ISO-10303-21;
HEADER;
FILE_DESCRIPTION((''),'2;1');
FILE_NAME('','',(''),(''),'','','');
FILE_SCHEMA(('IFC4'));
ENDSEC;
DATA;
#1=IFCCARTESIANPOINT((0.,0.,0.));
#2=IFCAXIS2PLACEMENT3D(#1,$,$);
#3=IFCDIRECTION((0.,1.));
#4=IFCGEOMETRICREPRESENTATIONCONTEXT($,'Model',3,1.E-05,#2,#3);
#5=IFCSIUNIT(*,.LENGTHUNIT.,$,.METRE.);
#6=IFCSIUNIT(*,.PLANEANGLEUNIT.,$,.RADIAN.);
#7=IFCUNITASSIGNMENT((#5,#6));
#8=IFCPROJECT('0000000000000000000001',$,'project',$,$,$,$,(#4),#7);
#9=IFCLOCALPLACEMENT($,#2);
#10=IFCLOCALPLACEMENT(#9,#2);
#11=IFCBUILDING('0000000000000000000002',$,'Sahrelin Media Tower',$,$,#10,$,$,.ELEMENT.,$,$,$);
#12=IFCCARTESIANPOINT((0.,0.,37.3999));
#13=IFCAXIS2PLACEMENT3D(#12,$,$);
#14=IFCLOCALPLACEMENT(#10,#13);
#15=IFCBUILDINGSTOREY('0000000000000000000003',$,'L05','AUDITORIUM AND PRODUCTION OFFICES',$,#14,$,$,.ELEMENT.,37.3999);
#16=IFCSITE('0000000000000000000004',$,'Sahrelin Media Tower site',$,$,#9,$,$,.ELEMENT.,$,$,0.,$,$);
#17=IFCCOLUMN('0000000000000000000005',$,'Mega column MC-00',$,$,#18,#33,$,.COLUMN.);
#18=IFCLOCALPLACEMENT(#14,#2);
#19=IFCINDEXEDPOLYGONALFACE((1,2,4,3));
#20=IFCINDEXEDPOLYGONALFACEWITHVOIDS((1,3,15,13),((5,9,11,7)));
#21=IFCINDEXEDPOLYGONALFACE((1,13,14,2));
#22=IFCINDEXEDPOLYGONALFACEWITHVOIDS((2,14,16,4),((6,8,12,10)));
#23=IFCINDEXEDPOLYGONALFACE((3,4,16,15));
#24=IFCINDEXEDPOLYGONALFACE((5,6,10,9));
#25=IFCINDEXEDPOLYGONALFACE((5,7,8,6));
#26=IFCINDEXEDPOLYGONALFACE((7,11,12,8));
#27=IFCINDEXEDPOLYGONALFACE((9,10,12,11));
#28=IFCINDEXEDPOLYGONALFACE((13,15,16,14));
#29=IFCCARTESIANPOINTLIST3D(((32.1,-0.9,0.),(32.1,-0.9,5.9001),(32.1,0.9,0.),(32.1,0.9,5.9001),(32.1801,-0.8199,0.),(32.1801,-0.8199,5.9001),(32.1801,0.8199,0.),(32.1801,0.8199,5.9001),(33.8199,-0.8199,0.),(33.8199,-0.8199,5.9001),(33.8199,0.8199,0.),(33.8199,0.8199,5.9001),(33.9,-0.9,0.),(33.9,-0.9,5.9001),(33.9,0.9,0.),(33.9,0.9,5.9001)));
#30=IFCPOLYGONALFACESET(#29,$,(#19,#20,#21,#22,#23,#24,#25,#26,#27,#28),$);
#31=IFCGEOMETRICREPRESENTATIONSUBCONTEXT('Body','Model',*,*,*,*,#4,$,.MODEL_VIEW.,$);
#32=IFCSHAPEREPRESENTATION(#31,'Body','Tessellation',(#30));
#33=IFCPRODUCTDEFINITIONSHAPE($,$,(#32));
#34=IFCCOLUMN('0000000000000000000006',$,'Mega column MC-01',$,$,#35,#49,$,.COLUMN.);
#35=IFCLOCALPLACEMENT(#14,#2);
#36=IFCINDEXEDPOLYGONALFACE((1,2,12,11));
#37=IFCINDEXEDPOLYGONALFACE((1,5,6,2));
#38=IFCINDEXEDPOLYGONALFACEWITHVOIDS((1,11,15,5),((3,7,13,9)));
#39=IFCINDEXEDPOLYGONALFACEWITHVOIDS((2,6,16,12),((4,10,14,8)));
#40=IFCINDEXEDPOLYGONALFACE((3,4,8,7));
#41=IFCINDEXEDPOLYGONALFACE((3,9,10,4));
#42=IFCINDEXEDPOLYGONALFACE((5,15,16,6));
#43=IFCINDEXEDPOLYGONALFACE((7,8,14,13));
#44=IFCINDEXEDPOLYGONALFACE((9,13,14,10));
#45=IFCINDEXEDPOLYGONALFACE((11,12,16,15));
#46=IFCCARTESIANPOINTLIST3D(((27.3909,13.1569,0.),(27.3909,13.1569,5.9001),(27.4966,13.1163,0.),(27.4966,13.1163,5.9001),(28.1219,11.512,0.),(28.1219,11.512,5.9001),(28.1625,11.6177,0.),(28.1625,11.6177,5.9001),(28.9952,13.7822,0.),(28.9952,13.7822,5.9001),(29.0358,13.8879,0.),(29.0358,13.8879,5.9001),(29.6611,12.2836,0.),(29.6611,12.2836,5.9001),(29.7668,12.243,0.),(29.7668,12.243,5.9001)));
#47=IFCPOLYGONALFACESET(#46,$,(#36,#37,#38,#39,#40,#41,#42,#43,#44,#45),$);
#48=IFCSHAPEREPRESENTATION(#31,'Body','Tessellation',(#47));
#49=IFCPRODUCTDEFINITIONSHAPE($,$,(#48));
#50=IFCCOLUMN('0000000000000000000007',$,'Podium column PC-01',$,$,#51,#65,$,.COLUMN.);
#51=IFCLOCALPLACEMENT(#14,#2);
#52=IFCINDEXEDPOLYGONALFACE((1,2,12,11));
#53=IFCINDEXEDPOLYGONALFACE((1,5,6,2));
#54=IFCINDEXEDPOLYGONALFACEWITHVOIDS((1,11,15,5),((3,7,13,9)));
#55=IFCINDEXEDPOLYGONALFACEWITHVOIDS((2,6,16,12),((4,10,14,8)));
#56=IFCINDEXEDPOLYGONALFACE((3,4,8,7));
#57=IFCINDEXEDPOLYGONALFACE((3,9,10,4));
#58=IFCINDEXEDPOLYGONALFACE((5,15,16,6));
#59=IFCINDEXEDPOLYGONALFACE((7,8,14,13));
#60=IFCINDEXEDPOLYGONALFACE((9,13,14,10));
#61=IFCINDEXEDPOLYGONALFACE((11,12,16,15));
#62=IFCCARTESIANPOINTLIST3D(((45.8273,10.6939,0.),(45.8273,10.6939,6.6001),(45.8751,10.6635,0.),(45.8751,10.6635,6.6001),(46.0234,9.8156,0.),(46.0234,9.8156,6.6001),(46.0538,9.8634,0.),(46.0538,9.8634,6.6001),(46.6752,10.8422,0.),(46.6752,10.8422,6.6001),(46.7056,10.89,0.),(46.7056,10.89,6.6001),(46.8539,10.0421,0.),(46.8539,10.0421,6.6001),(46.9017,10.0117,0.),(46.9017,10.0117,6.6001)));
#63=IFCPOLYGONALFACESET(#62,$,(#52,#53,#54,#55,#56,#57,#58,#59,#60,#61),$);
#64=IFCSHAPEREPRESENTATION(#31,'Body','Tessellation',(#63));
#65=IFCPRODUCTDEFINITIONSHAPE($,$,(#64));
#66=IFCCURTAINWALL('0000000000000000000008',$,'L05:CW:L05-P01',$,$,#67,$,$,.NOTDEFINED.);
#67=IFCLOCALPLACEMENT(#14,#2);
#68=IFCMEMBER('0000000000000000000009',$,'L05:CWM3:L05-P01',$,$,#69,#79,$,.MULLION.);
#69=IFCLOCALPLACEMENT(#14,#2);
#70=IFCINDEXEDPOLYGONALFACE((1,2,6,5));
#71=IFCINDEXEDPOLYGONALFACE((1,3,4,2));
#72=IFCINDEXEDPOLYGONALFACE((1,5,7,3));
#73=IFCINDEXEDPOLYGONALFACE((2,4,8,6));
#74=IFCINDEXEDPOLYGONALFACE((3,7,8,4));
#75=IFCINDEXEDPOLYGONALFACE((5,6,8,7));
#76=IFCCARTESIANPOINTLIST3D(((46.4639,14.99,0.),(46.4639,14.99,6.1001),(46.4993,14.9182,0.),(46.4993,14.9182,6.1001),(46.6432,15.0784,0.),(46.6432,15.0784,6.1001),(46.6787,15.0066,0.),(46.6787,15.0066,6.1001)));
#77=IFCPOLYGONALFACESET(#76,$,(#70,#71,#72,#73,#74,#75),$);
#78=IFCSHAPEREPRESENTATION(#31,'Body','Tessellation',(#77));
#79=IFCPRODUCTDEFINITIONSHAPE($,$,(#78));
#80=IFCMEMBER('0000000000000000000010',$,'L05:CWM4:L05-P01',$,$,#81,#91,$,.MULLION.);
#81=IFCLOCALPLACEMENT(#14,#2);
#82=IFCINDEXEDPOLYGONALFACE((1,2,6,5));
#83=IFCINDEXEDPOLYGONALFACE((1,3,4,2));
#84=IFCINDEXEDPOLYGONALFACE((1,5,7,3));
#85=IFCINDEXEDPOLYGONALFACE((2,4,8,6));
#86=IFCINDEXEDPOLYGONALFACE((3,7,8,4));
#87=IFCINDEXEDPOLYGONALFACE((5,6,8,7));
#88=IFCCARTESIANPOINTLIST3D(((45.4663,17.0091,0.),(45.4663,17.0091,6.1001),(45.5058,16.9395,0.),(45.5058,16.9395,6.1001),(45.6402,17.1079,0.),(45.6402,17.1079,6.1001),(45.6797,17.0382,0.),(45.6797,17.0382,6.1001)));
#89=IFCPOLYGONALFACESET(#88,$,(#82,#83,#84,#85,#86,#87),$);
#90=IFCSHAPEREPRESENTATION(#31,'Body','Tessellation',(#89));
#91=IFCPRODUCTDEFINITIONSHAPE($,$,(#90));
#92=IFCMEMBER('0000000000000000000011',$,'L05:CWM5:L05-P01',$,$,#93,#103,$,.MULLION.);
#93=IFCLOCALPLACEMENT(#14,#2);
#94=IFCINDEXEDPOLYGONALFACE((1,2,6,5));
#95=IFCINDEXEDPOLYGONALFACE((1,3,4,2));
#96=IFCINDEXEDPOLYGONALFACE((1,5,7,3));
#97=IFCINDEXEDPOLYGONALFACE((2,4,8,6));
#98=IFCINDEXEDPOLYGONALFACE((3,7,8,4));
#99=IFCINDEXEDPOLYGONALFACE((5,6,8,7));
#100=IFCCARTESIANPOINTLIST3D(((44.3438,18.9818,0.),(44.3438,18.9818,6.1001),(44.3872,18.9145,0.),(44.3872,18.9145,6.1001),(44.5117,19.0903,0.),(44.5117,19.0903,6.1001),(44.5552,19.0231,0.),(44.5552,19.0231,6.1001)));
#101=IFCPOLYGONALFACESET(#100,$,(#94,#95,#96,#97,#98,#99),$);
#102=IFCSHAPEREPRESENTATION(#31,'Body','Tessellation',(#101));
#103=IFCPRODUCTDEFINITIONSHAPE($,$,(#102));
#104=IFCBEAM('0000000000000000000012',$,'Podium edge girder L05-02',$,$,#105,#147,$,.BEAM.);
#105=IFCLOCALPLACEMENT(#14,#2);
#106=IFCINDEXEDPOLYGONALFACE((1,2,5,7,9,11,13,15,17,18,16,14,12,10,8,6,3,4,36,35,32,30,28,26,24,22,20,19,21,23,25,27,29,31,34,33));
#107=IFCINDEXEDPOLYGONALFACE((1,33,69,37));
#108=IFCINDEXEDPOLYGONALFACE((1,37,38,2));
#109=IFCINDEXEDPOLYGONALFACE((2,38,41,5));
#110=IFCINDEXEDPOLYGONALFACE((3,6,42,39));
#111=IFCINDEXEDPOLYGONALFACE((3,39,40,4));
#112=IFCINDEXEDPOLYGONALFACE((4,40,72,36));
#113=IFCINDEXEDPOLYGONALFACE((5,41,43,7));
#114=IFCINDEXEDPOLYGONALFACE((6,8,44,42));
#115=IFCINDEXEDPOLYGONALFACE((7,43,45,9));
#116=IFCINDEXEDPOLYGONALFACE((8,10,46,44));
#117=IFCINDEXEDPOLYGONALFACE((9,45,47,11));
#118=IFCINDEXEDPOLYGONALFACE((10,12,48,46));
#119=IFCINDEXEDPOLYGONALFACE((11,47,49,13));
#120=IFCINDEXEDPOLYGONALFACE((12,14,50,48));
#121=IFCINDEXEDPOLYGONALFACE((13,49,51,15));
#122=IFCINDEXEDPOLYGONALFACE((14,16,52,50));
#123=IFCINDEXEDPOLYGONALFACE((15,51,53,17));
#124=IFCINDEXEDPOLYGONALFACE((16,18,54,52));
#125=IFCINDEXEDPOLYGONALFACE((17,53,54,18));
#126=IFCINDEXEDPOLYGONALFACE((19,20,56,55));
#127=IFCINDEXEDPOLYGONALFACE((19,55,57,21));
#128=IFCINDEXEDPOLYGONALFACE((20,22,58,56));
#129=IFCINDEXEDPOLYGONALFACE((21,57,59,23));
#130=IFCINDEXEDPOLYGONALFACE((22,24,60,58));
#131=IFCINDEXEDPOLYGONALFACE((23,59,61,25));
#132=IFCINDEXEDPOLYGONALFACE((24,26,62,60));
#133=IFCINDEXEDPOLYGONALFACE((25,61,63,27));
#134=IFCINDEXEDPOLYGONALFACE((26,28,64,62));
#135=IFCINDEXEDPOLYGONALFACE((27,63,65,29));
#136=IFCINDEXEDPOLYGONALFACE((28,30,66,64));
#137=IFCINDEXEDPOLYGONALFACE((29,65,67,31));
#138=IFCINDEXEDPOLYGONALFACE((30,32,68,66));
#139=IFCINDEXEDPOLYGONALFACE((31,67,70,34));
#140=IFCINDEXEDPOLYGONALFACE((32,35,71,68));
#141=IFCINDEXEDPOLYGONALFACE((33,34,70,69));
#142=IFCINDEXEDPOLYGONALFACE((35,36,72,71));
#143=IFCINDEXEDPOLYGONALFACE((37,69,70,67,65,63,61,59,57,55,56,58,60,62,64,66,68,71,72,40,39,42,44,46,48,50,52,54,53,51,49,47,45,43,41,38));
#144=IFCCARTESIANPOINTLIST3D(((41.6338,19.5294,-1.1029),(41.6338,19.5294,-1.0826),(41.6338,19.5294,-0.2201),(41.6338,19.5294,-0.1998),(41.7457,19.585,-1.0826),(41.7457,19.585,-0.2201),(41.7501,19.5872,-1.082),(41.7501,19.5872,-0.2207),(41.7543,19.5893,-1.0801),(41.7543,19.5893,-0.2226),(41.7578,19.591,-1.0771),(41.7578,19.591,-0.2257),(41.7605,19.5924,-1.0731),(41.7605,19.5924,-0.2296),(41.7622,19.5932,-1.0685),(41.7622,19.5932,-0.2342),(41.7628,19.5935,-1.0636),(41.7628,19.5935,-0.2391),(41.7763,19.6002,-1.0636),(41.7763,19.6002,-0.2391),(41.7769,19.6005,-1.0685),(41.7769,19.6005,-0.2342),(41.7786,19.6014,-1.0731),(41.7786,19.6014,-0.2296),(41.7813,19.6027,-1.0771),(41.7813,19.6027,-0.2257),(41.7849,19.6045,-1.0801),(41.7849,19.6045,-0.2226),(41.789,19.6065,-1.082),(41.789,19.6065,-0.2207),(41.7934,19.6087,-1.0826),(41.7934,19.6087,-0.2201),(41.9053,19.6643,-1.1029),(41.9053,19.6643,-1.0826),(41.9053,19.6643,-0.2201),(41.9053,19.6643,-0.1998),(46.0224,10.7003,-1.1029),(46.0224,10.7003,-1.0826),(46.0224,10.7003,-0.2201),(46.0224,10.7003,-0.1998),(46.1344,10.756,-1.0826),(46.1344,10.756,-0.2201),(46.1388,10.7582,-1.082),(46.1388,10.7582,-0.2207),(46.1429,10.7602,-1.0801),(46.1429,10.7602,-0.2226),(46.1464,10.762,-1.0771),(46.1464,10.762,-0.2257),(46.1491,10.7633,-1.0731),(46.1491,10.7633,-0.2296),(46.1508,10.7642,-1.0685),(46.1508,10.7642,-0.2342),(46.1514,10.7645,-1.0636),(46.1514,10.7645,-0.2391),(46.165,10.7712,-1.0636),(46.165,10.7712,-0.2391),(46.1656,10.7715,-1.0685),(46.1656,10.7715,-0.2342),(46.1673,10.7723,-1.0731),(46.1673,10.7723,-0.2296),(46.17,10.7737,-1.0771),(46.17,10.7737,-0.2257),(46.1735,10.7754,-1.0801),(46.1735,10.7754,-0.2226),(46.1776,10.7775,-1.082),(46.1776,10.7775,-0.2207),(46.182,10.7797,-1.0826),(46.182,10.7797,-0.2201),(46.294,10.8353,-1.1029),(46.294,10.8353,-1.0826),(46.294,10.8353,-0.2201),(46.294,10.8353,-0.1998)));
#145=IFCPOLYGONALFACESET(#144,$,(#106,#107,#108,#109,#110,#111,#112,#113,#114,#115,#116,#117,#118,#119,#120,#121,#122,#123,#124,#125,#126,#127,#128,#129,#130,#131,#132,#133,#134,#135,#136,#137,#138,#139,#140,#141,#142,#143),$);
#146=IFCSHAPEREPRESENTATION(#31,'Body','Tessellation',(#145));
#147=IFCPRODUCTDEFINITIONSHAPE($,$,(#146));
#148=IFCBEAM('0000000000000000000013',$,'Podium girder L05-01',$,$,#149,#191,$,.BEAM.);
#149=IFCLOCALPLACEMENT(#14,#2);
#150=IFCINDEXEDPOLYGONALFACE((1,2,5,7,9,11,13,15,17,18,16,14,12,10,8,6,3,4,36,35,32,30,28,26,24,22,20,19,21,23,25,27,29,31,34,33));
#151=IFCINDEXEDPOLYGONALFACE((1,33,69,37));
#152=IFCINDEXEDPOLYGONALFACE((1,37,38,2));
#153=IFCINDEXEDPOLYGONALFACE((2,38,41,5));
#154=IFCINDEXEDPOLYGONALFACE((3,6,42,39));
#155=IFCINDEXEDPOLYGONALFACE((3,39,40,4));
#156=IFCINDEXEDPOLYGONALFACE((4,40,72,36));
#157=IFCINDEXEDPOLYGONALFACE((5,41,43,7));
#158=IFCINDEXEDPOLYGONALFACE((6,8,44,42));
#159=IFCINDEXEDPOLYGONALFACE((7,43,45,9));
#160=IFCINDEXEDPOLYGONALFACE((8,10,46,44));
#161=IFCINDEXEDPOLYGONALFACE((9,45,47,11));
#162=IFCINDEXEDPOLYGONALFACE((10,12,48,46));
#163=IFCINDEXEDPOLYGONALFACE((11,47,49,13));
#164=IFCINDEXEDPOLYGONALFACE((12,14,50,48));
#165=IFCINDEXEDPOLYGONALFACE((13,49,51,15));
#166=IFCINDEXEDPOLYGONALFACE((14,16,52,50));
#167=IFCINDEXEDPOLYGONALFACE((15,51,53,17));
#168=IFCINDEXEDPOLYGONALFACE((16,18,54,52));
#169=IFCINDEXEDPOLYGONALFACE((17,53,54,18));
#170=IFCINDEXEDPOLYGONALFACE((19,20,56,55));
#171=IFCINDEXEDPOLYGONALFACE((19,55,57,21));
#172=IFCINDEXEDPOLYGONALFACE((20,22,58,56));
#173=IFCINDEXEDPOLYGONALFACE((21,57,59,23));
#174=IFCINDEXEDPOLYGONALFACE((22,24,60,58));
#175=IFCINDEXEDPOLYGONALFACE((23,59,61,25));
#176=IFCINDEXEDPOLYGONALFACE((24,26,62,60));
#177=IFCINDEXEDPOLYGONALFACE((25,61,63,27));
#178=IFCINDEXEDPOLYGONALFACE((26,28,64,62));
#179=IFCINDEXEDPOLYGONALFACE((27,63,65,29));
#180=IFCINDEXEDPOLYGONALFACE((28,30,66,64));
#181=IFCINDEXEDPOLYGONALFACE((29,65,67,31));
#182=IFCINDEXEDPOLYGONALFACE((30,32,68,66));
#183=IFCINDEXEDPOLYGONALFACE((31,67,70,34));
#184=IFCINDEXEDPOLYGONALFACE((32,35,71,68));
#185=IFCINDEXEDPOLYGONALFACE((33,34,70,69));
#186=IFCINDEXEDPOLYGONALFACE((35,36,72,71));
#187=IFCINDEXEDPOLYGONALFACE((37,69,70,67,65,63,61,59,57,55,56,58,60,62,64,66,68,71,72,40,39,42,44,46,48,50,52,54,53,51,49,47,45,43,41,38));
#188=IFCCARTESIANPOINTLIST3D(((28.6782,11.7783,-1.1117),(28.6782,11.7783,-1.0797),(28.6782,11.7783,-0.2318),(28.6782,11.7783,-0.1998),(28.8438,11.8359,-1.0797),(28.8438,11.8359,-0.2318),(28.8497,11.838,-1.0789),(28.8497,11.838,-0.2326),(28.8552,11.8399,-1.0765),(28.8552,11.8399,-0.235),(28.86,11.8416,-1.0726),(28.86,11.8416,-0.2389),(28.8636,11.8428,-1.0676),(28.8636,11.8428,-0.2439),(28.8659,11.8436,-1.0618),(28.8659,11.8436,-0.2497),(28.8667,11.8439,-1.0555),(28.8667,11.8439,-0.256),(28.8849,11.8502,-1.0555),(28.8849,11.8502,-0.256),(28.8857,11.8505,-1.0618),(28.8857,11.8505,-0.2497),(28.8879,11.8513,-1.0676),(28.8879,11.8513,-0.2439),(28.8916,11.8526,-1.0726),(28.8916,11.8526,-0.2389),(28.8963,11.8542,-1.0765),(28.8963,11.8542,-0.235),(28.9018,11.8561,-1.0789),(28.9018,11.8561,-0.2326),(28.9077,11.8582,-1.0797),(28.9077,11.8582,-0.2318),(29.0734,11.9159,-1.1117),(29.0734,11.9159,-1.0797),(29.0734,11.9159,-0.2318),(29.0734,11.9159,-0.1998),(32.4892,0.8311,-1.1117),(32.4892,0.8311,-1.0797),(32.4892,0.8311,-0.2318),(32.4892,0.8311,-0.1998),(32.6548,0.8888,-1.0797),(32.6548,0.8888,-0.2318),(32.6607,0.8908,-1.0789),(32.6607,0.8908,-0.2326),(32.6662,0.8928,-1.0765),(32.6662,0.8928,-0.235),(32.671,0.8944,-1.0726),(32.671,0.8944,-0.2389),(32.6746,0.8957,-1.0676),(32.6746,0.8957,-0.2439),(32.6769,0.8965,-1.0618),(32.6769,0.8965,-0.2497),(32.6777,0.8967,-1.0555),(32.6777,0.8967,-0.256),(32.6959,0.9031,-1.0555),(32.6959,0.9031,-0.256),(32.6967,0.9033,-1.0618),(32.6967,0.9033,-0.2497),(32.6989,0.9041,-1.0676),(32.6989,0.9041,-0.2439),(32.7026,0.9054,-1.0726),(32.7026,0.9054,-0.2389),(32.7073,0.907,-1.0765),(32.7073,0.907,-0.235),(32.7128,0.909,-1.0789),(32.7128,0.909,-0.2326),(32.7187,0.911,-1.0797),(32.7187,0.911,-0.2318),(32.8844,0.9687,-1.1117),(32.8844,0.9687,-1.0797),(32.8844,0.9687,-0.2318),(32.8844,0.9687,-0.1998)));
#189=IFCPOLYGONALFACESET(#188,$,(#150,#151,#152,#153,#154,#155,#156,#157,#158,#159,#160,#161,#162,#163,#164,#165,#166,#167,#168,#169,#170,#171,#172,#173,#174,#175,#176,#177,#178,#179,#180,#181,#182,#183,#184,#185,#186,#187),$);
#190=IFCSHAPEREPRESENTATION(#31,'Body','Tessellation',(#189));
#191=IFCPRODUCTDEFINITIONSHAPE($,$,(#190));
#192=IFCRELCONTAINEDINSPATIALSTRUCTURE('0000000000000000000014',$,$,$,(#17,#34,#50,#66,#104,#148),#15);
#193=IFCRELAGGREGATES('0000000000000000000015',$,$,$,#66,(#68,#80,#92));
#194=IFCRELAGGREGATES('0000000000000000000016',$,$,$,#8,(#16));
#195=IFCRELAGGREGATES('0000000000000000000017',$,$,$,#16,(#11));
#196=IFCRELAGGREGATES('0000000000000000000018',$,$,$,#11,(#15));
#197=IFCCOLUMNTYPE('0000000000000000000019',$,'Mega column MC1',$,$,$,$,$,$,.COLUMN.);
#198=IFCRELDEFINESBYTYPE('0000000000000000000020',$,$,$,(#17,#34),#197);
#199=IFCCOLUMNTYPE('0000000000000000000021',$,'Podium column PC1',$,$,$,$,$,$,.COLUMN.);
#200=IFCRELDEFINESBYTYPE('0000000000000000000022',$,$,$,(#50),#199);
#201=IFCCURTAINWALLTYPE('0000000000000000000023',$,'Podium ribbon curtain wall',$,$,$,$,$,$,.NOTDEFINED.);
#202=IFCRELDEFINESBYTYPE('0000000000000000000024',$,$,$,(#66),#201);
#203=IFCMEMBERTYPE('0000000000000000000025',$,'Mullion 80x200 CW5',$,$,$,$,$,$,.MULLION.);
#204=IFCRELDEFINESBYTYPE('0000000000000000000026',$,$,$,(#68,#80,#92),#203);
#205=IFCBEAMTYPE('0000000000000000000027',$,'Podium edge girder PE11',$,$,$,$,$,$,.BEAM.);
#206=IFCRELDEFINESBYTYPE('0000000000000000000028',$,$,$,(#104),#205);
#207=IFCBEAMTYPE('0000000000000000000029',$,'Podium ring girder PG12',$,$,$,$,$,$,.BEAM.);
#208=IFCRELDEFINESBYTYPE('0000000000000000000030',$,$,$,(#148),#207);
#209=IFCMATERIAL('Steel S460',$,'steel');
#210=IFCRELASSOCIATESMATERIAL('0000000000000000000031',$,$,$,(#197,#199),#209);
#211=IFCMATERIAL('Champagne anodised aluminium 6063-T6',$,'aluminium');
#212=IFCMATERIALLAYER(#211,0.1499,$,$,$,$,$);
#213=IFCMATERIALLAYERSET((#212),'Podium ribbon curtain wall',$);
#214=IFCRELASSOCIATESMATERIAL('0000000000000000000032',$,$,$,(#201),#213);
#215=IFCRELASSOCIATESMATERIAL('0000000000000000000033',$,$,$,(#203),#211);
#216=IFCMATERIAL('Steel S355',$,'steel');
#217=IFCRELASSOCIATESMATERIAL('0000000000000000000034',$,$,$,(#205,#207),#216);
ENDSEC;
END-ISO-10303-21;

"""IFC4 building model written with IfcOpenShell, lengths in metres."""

from ifc_helpers import new_model, si_unit, direction, frame, origin, origin_2d, place, context, subcontext, project, spatial, rectangle, hollow_rectangle, i_section, extrude, material, layer, layer_set, material_profile, profile_set, type_object, element, aggregate, save


model = new_model("IFC4")

# Units and contexts
model_context = context("Model", 3, precision=1e-05, world=origin(), true_north=direction((0.0, 1.0)))
body_context = subcontext(model_context, "Body", "Model", "MODEL_VIEW")
ifc_project = project(units=[si_unit("LENGTHUNIT", "METRE"), si_unit("PLANEANGLEUNIT", "RADIAN")], contexts=[model_context])

# Site, building, storey
site_placement = place(None, origin())
site = spatial("IfcSite", under=ifc_project, at=site_placement, Name="Sahrelin Media Tower site", CompositionType="ELEMENT", RefElevation=0.0)
building_placement = place(site_placement, origin())
building = spatial("IfcBuilding", under=site, at=building_placement, Name="Sahrelin Media Tower", CompositionType="ELEMENT")
storey_placement = place(building_placement, frame((0.0, 0.0, 37.3999)))
storey = spatial("IfcBuildingStorey", under=building, at=storey_placement, Name="L05", Description="AUDITORIUM AND PRODUCTION OFFICES", CompositionType="ELEMENT", Elevation=37.3999)

# Columns
ifc_material_1 = material(Name="Steel S460", Category="steel")
ifc_material_profile_1 = material_profile(ifc_material_1, hollow_rectangle(XDim=1.8, YDim=1.8, WallThickness=0.0801, at=origin_2d()), Name="Mega column MC1")
ifc_profile_set_1 = profile_set([ifc_material_profile_1], Name="Steel S460")
column_type_1 = type_object("IfcColumnType", Name="Mega column MC1", PredefinedType="COLUMN", material=ifc_profile_set_1)
for number, where, z_axis, x_axis, name in (
    (1, (33.0, 0.0, 0.0), (0.0, 0.0, 1.0), (1.0, 0.0, 0.0), "Mega column MC-00"),
    (2, (28.5789, 12.7, 0.0), (0.0, 0.0, 1.0), (0.913831, 0.406094, 0.0), "Mega column MC-01"),
):
    element("IfcColumn", number, at=place(storey_placement, frame(where, z_axis=z_axis, x_axis=x_axis)), inside=storey, type_object=column_type_1, Name=name, PredefinedType="COLUMN", context=body_context, shape_type="SweptSolid", body=[
        extrude(hollow_rectangle(XDim=1.8, YDim=1.8, WallThickness=0.0801, at=origin_2d()), origin(), (0.0, 0.0, 1.0), 5.9001),
    ])
ifc_material_profile_2 = material_profile(ifc_material_1, hollow_rectangle(XDim=0.8999, YDim=0.8999, WallThickness=0.04, at=origin_2d()), Name="Podium column PC1")
ifc_profile_set_2 = profile_set([ifc_material_profile_2], Name="Steel S460")
column_type_2 = type_object("IfcColumnType", Name="Podium column PC1", PredefinedType="COLUMN", material=ifc_profile_set_2)
column_placement = place(storey_placement, frame((46.3645, 10.3528, 0.0), z_axis=(0.0, 0.0, 1.0), x_axis=(0.975965, 0.217925, 0.0)))
element("IfcColumn", 3, at=column_placement, inside=storey, type_object=column_type_2, Name="Podium column PC-01", PredefinedType="COLUMN", context=body_context, shape_type="SweptSolid", body=[
    extrude(hollow_rectangle(XDim=0.8999, YDim=0.8999, WallThickness=0.04, at=origin_2d()), origin(), (0.0, 0.0, 1.0), 6.6001),
])

# Curtain wall, members
ifc_material_2 = material(Name="Champagne anodised aluminium 6063-T6", Category="aluminium")
ifc_layer_1 = layer(ifc_material_2, 0.1499)
ifc_layer_set_1 = layer_set([ifc_layer_1], Name="Podium ribbon curtain wall")
curtain_wall_type = type_object("IfcCurtainWallType", Name="Podium ribbon curtain wall", PredefinedType="NOTDEFINED", material=ifc_layer_set_1)
curtain_wall_placement = place(storey_placement, frame((48.2964, 10.8704, 0.0), z_axis=(0.0, 0.0, 1.0), x_axis=(1.0, 0.0, 0.0)))
curtain_wall = element("IfcCurtainWall", 4, at=curtain_wall_placement, inside=storey, type_object=curtain_wall_type, Name="L05:CW:L05-P01", PredefinedType="NOTDEFINED")
ifc_material_profile_3 = material_profile(ifc_material_2, rectangle(XDim=0.0801, YDim=0.2, at=origin_2d()), Name="Mullion 80x200")
ifc_profile_set_3 = profile_set([ifc_material_profile_3], Name="Champagne anodised aluminium 6063-T6")
member_type_1 = type_object("IfcMemberType", Name="Mullion 80x200 CW5", PredefinedType="MULLION", material=ifc_profile_set_3)
member_1_placement = place(storey_placement, frame((46.5713, 14.9983, 0.0), z_axis=(0.0, 0.0, 1.0), x_axis=(-0.442262, 0.896886, 0.0)))
member_1 = element("IfcMember", 5, at=member_1_placement, type_object=member_type_1, Name="L05:CWM3:L05-P01", PredefinedType="MULLION", context=body_context, shape_type="SweptSolid", body=[
    extrude(rectangle(XDim=0.0801, YDim=0.2, at=origin_2d()), origin(), (0.0, 0.0, 1.0), 6.1001),
])
member_2_placement = place(storey_placement, frame((45.573, 17.0237, 0.0), z_axis=(0.0, 0.0, 1.0), x_axis=(-0.493787, 0.869583, 0.0)))
member_2 = element("IfcMember", 6, at=member_2_placement, type_object=member_type_1, Name="L05:CWM4:L05-P01", PredefinedType="MULLION", context=body_context, shape_type="SweptSolid", body=[
    extrude(rectangle(XDim=0.0801, YDim=0.2, at=origin_2d()), origin(), (0.0, 0.0, 1.0), 6.1001),
])
member_3_placement = place(storey_placement, frame((44.4495, 19.0024, 0.0), z_axis=(0.0, 0.0, 1.0), x_axis=(-0.54283, 0.839843, 0.0)))
member_3 = element("IfcMember", 7, at=member_3_placement, type_object=member_type_1, Name="L05:CWM5:L05-P01", PredefinedType="MULLION", context=body_context, shape_type="SweptSolid", body=[
    extrude(rectangle(XDim=0.0801, YDim=0.2, at=origin_2d()), origin(), (0.0, 0.0, 1.0), 6.1001),
])

# Beams
ifc_material_3 = material(Name="Steel S355", Category="steel")
ifc_material_profile_4 = material_profile(ifc_material_3, i_section(OverallWidth=0.3032, OverallDepth=0.9031, WebThickness=0.0151, FlangeThickness=0.0203, FilletRadius=0.019, at=origin_2d()), Name="UB 914x305x201")
ifc_profile_set_4 = profile_set([ifc_material_profile_4], Name="Steel S355")
beam_type_1 = type_object("IfcBeamType", Name="Podium edge girder PE11", PredefinedType="BEAM", material=ifc_profile_set_4)
beam_1_placement = place(storey_placement, frame((46.1582, 10.7678, -0.6514), z_axis=(-0.445113, 0.895475, 0.0), x_axis=(-0.895475, -0.445113, 0.0)))
element("IfcBeam", 8, at=beam_1_placement, inside=storey, type_object=beam_type_1, Name="Podium edge girder L05-02", PredefinedType="BEAM", context=body_context, shape_type="SweptSolid", body=[
    extrude(i_section(OverallWidth=0.3032, OverallDepth=0.9031, WebThickness=0.0151, FlangeThickness=0.0203, FilletRadius=0.019, at=origin_2d()), origin(), (0.0, 0.0, 1.0), 9.8596),
])
ifc_material_profile_5 = material_profile(ifc_material_3, i_section(OverallWidth=0.4185, OverallDepth=0.9119, WebThickness=0.0193, FlangeThickness=0.032, FilletRadius=0.0242, at=origin_2d()), Name="UB 914x419x343")
ifc_profile_set_5 = profile_set([ifc_material_profile_5], Name="Steel S355")
beam_type_2 = type_object("IfcBeamType", Name="Podium ring girder PG12", PredefinedType="BEAM", material=ifc_profile_set_5)
beam_2_placement = place(storey_placement, frame((32.6868, 0.8999, -0.6558), z_axis=(-0.328774, 0.944409, 0.0), x_axis=(-0.944409, -0.328774, 0.0)))
element("IfcBeam", 9, at=beam_2_placement, inside=storey, type_object=beam_type_2, Name="Podium girder L05-01", PredefinedType="BEAM", context=body_context, shape_type="SweptSolid", body=[
    extrude(i_section(OverallWidth=0.4185, OverallDepth=0.9119, WebThickness=0.0193, FlangeThickness=0.032, FilletRadius=0.0242, at=origin_2d()), origin(), (0.0, 0.0, 1.0), 11.5916),
])

aggregate(curtain_wall, [member_1, member_2, member_3])

save(model, "model.ifc")
